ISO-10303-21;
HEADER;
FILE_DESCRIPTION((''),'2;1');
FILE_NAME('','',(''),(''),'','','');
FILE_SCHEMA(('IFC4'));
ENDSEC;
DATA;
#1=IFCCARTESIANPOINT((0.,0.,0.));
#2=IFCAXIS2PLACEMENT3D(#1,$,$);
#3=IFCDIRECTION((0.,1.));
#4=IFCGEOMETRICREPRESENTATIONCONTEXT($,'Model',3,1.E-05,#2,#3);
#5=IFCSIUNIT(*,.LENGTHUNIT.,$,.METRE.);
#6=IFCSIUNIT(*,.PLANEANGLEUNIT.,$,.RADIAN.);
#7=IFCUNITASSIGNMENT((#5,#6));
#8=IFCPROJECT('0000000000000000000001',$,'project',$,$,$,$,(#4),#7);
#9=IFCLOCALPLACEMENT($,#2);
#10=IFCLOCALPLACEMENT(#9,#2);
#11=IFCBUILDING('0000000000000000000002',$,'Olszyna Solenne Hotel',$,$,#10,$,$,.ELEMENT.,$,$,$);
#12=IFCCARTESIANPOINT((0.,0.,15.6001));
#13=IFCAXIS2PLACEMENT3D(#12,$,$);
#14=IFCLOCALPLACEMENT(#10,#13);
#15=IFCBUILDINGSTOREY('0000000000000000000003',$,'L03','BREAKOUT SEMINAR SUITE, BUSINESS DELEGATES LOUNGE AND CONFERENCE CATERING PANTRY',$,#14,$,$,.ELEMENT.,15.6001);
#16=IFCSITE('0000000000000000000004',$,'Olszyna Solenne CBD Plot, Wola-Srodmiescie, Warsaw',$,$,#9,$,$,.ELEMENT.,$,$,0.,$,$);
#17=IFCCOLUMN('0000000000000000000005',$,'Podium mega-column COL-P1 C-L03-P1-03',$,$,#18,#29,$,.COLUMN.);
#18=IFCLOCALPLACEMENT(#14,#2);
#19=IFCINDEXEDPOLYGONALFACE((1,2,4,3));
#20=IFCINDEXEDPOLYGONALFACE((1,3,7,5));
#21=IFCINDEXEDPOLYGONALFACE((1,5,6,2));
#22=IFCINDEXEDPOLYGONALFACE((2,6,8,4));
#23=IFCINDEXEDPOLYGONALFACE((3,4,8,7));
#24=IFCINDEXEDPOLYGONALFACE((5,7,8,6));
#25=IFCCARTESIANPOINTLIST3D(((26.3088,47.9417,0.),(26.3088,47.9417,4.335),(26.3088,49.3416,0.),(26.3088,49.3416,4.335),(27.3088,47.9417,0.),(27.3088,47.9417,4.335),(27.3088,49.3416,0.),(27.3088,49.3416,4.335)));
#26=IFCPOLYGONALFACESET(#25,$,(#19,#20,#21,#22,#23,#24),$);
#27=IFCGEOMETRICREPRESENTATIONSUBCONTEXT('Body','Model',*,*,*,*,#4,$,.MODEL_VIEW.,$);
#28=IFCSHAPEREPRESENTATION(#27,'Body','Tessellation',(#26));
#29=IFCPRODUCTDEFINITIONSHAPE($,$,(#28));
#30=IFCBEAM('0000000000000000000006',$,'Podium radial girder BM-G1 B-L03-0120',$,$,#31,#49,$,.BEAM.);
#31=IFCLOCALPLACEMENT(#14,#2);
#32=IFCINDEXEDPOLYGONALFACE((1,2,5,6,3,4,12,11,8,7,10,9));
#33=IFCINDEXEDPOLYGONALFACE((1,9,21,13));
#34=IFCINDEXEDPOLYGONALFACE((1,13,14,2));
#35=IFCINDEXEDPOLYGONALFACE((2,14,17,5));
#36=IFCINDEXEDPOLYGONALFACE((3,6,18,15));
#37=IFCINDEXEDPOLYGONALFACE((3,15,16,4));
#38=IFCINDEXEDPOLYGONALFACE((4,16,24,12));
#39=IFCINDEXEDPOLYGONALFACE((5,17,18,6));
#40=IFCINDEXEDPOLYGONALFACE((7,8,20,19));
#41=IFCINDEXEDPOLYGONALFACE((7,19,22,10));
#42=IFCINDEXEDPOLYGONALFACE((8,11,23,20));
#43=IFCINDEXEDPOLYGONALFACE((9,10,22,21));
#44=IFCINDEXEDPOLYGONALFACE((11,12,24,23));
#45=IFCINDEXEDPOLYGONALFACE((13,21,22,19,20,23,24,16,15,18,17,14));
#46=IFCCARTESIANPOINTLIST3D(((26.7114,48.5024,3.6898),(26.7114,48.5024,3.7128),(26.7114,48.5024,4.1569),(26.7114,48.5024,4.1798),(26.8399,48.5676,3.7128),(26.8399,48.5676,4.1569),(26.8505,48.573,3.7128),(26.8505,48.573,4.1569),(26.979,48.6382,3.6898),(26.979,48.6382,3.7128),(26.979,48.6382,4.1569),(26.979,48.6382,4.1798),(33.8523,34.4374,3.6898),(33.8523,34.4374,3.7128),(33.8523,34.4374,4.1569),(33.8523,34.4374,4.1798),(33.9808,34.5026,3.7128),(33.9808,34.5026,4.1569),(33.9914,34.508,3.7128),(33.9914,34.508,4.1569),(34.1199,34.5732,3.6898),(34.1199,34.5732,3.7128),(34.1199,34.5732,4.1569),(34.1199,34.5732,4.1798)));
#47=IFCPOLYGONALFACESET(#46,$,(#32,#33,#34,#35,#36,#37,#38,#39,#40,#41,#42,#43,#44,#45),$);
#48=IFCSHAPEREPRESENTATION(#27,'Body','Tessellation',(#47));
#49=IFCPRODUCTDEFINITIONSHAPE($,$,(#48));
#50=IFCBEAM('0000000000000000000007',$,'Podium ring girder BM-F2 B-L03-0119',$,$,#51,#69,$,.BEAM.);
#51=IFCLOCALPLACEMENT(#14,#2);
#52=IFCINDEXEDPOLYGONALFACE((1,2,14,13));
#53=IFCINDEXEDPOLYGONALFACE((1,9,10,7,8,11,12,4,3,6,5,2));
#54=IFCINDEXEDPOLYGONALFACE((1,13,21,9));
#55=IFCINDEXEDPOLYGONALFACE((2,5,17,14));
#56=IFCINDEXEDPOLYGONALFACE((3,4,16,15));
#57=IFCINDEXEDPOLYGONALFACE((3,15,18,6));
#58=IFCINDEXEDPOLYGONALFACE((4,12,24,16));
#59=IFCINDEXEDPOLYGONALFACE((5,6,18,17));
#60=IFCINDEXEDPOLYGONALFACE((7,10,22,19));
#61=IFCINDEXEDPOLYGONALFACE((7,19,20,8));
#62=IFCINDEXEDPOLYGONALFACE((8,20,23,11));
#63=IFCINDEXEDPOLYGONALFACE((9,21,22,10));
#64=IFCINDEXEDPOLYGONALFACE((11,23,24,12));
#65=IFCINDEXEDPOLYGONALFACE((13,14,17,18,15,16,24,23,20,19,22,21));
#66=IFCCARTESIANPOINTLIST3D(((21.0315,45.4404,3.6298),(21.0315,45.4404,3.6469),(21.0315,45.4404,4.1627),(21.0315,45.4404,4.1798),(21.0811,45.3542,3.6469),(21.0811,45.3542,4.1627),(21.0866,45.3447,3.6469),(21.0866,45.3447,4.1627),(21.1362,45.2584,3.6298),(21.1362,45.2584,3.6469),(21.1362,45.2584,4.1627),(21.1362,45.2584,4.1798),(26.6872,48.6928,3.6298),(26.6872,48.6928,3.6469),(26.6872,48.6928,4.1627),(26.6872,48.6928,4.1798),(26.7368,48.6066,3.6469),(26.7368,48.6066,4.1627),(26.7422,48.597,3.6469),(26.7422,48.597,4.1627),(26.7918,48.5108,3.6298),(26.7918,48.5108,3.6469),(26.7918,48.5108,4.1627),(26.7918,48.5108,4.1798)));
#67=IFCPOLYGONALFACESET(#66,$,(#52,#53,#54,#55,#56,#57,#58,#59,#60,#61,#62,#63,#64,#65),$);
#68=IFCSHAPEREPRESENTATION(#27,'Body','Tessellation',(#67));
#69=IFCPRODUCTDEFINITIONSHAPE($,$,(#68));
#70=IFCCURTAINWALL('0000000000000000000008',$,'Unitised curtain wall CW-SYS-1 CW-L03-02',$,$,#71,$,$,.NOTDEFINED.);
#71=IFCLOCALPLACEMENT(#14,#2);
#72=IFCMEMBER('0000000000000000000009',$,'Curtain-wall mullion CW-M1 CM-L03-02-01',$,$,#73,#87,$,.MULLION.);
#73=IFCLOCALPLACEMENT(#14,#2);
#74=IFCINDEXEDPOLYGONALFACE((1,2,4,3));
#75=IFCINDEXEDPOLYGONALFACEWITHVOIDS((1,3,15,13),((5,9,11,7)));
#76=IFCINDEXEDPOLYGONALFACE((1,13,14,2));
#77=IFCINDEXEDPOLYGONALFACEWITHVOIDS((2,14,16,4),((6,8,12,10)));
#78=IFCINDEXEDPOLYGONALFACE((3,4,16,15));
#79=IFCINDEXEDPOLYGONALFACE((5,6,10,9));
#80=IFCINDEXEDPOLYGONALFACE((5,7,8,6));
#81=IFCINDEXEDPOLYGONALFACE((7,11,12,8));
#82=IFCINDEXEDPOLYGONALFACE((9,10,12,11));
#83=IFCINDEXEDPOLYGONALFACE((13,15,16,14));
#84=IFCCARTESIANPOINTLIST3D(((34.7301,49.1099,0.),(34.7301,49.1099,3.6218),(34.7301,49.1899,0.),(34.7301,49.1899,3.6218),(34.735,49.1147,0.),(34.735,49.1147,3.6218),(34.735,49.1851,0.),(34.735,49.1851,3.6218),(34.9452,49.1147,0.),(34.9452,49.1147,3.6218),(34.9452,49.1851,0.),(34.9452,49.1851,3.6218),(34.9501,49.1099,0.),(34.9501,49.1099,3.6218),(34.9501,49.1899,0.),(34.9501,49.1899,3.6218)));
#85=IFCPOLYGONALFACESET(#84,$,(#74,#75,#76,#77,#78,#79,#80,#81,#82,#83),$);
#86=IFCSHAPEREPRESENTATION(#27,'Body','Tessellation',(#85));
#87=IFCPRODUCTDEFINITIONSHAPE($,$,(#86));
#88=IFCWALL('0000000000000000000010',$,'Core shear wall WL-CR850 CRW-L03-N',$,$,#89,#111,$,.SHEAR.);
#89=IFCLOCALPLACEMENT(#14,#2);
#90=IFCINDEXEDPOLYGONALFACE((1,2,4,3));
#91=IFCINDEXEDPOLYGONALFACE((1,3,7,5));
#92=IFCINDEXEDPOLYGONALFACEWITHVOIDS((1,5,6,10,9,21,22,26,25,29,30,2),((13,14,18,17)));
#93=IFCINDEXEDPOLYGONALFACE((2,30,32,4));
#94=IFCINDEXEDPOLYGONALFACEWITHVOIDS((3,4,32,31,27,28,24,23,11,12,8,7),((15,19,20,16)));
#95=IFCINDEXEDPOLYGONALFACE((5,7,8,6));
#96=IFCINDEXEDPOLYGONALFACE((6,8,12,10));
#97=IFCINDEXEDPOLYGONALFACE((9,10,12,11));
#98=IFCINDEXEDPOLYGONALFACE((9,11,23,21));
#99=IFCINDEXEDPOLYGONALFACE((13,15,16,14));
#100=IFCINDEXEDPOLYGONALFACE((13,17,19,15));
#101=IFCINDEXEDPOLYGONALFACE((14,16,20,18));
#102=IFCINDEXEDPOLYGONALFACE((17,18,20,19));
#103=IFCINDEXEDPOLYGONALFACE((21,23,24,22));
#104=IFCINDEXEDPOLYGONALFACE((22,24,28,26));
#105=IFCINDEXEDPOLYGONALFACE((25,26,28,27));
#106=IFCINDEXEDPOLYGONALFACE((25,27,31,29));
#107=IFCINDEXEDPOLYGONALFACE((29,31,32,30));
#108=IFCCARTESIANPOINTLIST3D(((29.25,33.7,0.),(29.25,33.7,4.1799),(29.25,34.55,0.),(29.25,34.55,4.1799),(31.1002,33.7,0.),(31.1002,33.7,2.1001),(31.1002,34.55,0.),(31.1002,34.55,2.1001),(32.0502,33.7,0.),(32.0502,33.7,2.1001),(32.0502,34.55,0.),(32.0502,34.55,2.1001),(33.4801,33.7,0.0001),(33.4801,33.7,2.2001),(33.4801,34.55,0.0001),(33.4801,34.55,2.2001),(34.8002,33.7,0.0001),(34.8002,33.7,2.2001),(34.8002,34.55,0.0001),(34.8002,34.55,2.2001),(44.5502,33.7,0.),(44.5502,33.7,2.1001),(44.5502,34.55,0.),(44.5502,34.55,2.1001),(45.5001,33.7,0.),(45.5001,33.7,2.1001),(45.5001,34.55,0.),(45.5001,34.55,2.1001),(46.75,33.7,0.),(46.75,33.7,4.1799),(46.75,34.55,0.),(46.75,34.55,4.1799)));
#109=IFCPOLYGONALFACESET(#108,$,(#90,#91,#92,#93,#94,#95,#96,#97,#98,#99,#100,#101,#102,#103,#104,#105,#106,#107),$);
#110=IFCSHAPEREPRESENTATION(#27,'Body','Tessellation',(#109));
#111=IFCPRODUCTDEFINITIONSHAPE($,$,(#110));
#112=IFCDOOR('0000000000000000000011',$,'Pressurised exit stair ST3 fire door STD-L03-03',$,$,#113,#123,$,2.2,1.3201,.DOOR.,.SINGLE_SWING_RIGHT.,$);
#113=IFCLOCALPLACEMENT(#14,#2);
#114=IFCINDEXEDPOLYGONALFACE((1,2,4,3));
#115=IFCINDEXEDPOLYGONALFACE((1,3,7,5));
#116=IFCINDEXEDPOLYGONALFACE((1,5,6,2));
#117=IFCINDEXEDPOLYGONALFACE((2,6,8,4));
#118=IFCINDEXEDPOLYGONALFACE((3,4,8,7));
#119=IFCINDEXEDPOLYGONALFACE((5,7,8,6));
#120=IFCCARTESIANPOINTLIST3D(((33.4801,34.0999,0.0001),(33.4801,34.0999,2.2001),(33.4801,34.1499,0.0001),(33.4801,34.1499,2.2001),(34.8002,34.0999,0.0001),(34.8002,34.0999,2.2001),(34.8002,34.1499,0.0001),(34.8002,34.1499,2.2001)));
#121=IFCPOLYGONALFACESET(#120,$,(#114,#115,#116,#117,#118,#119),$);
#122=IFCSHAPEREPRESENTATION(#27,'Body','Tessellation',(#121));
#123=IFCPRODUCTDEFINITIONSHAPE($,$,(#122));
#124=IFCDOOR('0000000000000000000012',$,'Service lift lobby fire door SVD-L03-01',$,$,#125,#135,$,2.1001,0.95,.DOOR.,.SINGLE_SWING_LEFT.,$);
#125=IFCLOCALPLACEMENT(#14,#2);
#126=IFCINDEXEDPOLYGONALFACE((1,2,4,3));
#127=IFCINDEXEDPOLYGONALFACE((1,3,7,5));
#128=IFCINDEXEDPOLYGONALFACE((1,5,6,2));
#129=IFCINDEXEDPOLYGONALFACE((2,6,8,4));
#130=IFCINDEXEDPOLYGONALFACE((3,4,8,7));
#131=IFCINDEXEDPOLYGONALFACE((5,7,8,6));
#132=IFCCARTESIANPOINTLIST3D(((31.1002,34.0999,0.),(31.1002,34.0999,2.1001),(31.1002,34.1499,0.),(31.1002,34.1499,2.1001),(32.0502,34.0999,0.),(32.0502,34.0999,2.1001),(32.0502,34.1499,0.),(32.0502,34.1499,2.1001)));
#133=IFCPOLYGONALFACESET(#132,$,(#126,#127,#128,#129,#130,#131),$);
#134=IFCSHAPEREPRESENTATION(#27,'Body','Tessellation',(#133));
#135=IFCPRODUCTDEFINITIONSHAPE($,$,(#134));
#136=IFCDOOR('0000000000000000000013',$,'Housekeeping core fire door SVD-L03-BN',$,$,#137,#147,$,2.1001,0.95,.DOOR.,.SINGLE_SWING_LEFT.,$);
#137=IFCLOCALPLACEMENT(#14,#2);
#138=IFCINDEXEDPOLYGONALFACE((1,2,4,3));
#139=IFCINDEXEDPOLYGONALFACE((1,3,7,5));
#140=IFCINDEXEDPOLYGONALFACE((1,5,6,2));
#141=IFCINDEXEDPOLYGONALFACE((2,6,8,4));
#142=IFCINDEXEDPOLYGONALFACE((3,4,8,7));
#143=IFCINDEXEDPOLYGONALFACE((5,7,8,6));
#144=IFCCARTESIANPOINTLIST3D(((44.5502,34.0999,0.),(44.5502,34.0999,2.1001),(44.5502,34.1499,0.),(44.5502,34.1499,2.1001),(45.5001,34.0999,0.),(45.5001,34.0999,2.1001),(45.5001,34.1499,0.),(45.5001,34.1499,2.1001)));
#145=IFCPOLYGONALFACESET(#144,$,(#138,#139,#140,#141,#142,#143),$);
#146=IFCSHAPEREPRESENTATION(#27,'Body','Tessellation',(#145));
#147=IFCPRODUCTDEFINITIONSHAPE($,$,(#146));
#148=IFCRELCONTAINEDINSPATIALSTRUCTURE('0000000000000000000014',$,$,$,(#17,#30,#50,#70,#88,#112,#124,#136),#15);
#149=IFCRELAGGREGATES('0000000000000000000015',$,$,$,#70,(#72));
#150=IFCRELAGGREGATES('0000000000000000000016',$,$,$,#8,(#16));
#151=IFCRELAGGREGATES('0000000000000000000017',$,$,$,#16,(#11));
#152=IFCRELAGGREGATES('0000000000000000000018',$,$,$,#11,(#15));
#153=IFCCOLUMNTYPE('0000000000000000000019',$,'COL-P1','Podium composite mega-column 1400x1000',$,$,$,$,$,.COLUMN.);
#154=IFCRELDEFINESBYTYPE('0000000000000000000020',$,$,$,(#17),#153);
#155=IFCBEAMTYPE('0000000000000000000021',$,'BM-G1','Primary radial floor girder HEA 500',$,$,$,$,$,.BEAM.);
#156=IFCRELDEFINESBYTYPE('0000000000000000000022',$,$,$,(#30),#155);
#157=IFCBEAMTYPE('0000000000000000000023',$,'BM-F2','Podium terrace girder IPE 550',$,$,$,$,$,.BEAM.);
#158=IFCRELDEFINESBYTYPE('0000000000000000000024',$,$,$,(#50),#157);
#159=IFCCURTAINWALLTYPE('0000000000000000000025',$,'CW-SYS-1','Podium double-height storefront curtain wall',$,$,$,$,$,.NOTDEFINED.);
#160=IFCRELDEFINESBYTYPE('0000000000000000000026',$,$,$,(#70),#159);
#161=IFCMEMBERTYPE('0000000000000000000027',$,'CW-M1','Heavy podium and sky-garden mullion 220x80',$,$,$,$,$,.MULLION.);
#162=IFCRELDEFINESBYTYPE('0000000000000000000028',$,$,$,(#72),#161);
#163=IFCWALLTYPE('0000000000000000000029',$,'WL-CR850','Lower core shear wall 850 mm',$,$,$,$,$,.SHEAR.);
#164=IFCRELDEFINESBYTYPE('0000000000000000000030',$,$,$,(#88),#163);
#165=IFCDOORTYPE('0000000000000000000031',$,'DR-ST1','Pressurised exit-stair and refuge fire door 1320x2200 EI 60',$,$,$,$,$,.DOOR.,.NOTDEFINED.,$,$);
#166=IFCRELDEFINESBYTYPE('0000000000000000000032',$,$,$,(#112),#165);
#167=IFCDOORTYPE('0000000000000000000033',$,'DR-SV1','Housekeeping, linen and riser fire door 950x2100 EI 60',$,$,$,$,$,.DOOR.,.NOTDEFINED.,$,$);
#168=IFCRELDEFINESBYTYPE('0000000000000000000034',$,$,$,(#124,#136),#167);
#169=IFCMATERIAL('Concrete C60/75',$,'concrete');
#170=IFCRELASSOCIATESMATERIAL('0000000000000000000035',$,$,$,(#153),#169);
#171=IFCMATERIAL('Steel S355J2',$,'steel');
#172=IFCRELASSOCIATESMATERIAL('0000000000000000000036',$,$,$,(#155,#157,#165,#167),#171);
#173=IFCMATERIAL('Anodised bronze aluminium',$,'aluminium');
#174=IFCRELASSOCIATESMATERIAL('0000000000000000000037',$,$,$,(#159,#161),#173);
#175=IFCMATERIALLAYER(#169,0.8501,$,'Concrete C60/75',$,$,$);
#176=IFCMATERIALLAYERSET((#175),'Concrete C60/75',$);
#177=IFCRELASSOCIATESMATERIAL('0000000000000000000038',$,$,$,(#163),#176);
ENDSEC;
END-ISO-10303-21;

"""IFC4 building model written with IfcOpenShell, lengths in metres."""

from ifc_helpers import new_model, si_unit, direction, frame, frame_2d, origin, origin_2d, place, context, subcontext, project, spatial, rectangle, hollow_rectangle, i_section, extrude, source, transform, mapped, material, layer, layer_set, material_profile, profile_set, type_object, type_shapes, element, fill, aggregate, save


model = new_model("IFC4")

# Units and contexts
model_context = context("Model", 3, precision=1e-05, world=origin(), true_north=direction((0.0, 1.0)))
body_context = subcontext(model_context, "Body", "Model", "MODEL_VIEW")
ifc_project = project(units=[si_unit("LENGTHUNIT", "METRE"), si_unit("PLANEANGLEUNIT", "RADIAN")], contexts=[model_context])

# Site, building, storey
site_placement = place(None, origin())
site = spatial("IfcSite", under=ifc_project, at=site_placement, Name="Olszyna Solenne CBD Plot, Wola-Srodmiescie, Warsaw", CompositionType="ELEMENT", RefElevation=0.0)
building_placement = place(site_placement, origin())
building = spatial("IfcBuilding", under=site, at=building_placement, Name="Olszyna Solenne Hotel", CompositionType="ELEMENT")
storey_placement = place(building_placement, frame((0.0, 0.0, 15.6001)))
storey = spatial("IfcBuildingStorey", under=building, at=storey_placement, Name="L03", Description="BREAKOUT SEMINAR SUITE, BUSINESS DELEGATES LOUNGE AND CONFERENCE CATERING PANTRY", CompositionType="ELEMENT", Elevation=15.6001)

# Column
ifc_material_1 = material(Name="Concrete C60/75", Category="concrete")
ifc_material_profile_1 = material_profile(ifc_material_1, rectangle(XDim=1.0, YDim=1.3999, at=origin_2d()), Name="RC 1400x1000", Category="load-bearing")
ifc_profile_set_1 = profile_set([ifc_material_profile_1], Name="Concrete C60/75")
column_type = type_object("IfcColumnType", Name="COL-P1", Description="Podium composite mega-column 1400x1000", PredefinedType="COLUMN", material=ifc_profile_set_1)
shared_shape_1 = source(origin(), body_context, "Body", "SweptSolid", [
    extrude(rectangle(XDim=1.0, YDim=1.3999, at=origin_2d()), origin(), (0.0, 0.0, 1.0), 4.335),
])
column_placement = place(storey_placement, frame((26.8088, 48.6416, 0.0), z_axis=(0.0, 0.0, 1.0), x_axis=(1.0, 0.0, 0.0)))
element("IfcColumn", 1, at=column_placement, inside=storey, type_object=column_type, Name="Podium mega-column COL-P1 C-L03-P1-03", PredefinedType="COLUMN", context=body_context, shape_type="MappedRepresentation", body=[
    mapped(shared_shape_1, transform((0.0, 0.0, 0.0), x_axis=(1.0, 0.0, 0.0), y_axis=(0.0, 1.0, 0.0), z_axis=(0.0, 0.0, 1.0), scale=1.0)),
])

# Beams
ifc_material_2 = material(Name="Steel S355J2", Category="steel")
ifc_material_profile_2 = material_profile(ifc_material_2, i_section(OverallWidth=0.3, OverallDepth=0.49, WebThickness=0.012, FlangeThickness=0.0229, at=origin_2d()), Name="HEA 500", Category="load-bearing")
ifc_profile_set_2 = profile_set([ifc_material_profile_2], Name="Steel S355J2")
beam_type_1 = type_object("IfcBeamType", Name="BM-G1", Description="Primary radial floor girder HEA 500", PredefinedType="BEAM", material=ifc_profile_set_2)
shared_shape_2 = source(origin(), body_context, "Body", "SweptSolid", [
    extrude(i_section(OverallWidth=0.3, OverallDepth=0.49, WebThickness=0.012, FlangeThickness=0.0229, at=origin_2d()), origin(), (0.0, 0.0, 1.0), 15.7739),
])
beam_1_placement = place(storey_placement, frame((26.8452, 48.5703, 3.9348), z_axis=(0.452703, -0.891661, 0.0), x_axis=(0.891661, 0.452703, 0.0)))
element("IfcBeam", 2, at=beam_1_placement, inside=storey, type_object=beam_type_1, Name="Podium radial girder BM-G1 B-L03-0120", PredefinedType="BEAM", context=body_context, shape_type="MappedRepresentation", body=[
    mapped(shared_shape_2, transform((0.0, 0.0, 0.0), x_axis=(1.0, 0.0, 0.0), y_axis=(0.0, 1.0, 0.0), z_axis=(0.0, 0.0, 1.0), scale=1.0)),
])
ifc_material_profile_3 = material_profile(ifc_material_2, i_section(OverallWidth=0.21, OverallDepth=0.55, WebThickness=0.011, FlangeThickness=0.0171, at=origin_2d()), Name="IPE 550", Category="load-bearing")
ifc_profile_set_3 = profile_set([ifc_material_profile_3], Name="Steel S355J2")
beam_type_2 = type_object("IfcBeamType", Name="BM-F2", Description="Podium terrace girder IPE 550", PredefinedType="BEAM", material=ifc_profile_set_3)
shared_shape_3 = source(origin(), body_context, "Body", "SweptSolid", [
    extrude(i_section(OverallWidth=0.21, OverallDepth=0.55, WebThickness=0.011, FlangeThickness=0.0171, at=origin_2d()), origin(), (0.0, 0.0, 1.0), 6.5242),
])
beam_2_placement = place(storey_placement, frame((26.7395, 48.6018, 3.9048), z_axis=(-0.866881, -0.498515, 0.0), x_axis=(0.498515, -0.866881, 0.0)))
element("IfcBeam", 3, at=beam_2_placement, inside=storey, type_object=beam_type_2, Name="Podium ring girder BM-F2 B-L03-0119", PredefinedType="BEAM", context=body_context, shape_type="MappedRepresentation", body=[
    mapped(shared_shape_3, transform((0.0, 0.0, 0.0), x_axis=(1.0, 0.0, 0.0), y_axis=(0.0, 1.0, 0.0), z_axis=(0.0, 0.0, 1.0), scale=1.0)),
])

# Curtain wall, member
ifc_material_3 = material(Name="Anodised bronze aluminium", Category="aluminium")
curtain_wall_type = type_object("IfcCurtainWallType", Name="CW-SYS-1", Description="Podium double-height storefront curtain wall", PredefinedType="NOTDEFINED", material=ifc_material_3)
curtain_wall_placement = place(storey_placement, origin())
curtain_wall = element("IfcCurtainWall", 4, at=curtain_wall_placement, inside=storey, type_object=curtain_wall_type, Name="Unitised curtain wall CW-SYS-1 CW-L03-02", PredefinedType="NOTDEFINED")
ifc_material_profile_4 = material_profile(ifc_material_3, hollow_rectangle(XDim=0.0801, YDim=0.22, WallThickness=0.0049, at=origin_2d()), Name="MULL 220x80x5", Category="load-bearing")
ifc_profile_set_4 = profile_set([ifc_material_profile_4], Name="Anodised bronze aluminium")
member_type = type_object("IfcMemberType", Name="CW-M1", Description="Heavy podium and sky-garden mullion 220x80", PredefinedType="MULLION", material=ifc_profile_set_4)
shared_shape_4 = source(origin(), body_context, "Body", "SweptSolid", [
    extrude(hollow_rectangle(XDim=0.0801, YDim=0.22, WallThickness=0.0049, at=origin_2d()), origin(), (0.0, 0.0, 1.0), 3.6218),
])
member_placement = place(storey_placement, frame((34.8401, 49.1499, 0.0), z_axis=(0.0, 0.0, 1.0), x_axis=(0.0, 1.0, 0.0)))
member = element("IfcMember", 5, at=member_placement, type_object=member_type, Name="Curtain-wall mullion CW-M1 CM-L03-02-01", PredefinedType="MULLION", context=body_context, shape_type="MappedRepresentation", body=[
    mapped(shared_shape_4, transform((0.0, 0.0, 0.0), x_axis=(1.0, 0.0, 0.0), y_axis=(0.0, 1.0, 0.0), z_axis=(0.0, 0.0, 1.0), scale=1.0)),
])
aggregate(curtain_wall, [member])

# Wall, openings, doors
ifc_layer_1 = layer(ifc_material_1, 0.8501, Name="Concrete C60/75")
ifc_layer_set_1 = layer_set([ifc_layer_1], Name="Concrete C60/75")
wall_type_1 = type_object("IfcWallType", Name="WL-CR850", Description="Lower core shear wall 850 mm", PredefinedType="SHEAR", material=ifc_layer_set_1)
wall_1_placement = place(storey_placement, frame((29.25, 34.125, 0.0), z_axis=(0.0, 0.0, 1.0), x_axis=(1.0, 0.0, 0.0)))
wall_1 = element("IfcWall", 6, at=wall_1_placement, inside=storey, type_object=wall_type_1, Name="Core shear wall WL-CR850 CRW-L03-N", PredefinedType="SHEAR", context=body_context, shape_type="SweptSolid", body=[
    extrude(rectangle(XDim=17.5, YDim=0.8501, at=frame_2d((8.75, 0.0))), origin(), (0.0, 0.0, 1.0), 4.1799),
])
opening_1_placement = place(wall_1_placement, frame((1.8501, 0.0, 0.0)))
opening_1 = element("IfcOpeningElement", 7, at=opening_1_placement, cuts=wall_1, PredefinedType="OPENING", context=body_context, shape_type="SweptSolid", body=[
    extrude(rectangle(XDim=0.95, YDim=2.1001, at=frame_2d((0.4751, 1.05))), frame((0.0, 0.4351, 0.0), z_axis=(0.0, -1.0, 0.0), x_axis=(1.0, 0.0, 0.0)), (0.0, 0.0, 1.0), 0.8701),
])
opening_2_placement = place(wall_1_placement, frame((4.23, 0.0, 0.0)))
opening_2 = element("IfcOpeningElement", 8, at=opening_2_placement, cuts=wall_1, PredefinedType="OPENING", context=body_context, shape_type="SweptSolid", body=[
    extrude(rectangle(XDim=1.3201, YDim=2.2, at=frame_2d((0.6602, 1.1001))), frame((0.0, 0.4351, 0.0), z_axis=(0.0, -1.0, 0.0), x_axis=(1.0, 0.0, 0.0)), (0.0, 0.0, 1.0), 0.8701),
])
opening_3_placement = place(wall_1_placement, frame((15.3, 0.0, 0.0)))
opening_3 = element("IfcOpeningElement", 9, at=opening_3_placement, cuts=wall_1, PredefinedType="OPENING", context=body_context, shape_type="SweptSolid", body=[
    extrude(rectangle(XDim=0.95, YDim=2.1001, at=frame_2d((0.4751, 1.05))), frame((0.0, 0.4351, 0.0), z_axis=(0.0, -1.0, 0.0), x_axis=(1.0, 0.0, 0.0)), (0.0, 0.0, 1.0), 0.8701),
])
door_type_1 = type_object("IfcDoorType", Name="DR-ST1", Description="Pressurised exit-stair and refuge fire door 1320x2200 EI 60", OperationType="NOTDEFINED", PredefinedType="DOOR", material=ifc_material_2)
shared_shape_5 = source(origin(), body_context, "Body", "SweptSolid", [
    extrude(rectangle(XDim=1.3201, YDim=2.2, at=frame_2d((0.6602, 1.1001))), frame((0.0, 0.0249, 0.0), z_axis=(0.0, -1.0, 0.0), x_axis=(1.0, 0.0, 0.0)), (0.0, 0.0, 1.0), 0.05),
])
type_shapes(door_type_1, [shared_shape_5])
door_1_placement = place(opening_2_placement, origin())
door_1 = element("IfcDoor", 10, at=door_1_placement, inside=storey, type_object=door_type_1, Name="Pressurised exit stair ST3 fire door STD-L03-03", OperationType="SINGLE_SWING_RIGHT", OverallHeight=2.2, OverallWidth=1.3201, PredefinedType="DOOR", context=body_context, shape_type="MappedRepresentation", body=[
    mapped(shared_shape_5, transform((0.0, 0.0, 0.0), x_axis=(1.0, 0.0, 0.0), y_axis=(0.0, 1.0, 0.0), z_axis=(0.0, 0.0, 1.0), scale=1.0)),
])
fill(opening_2, door_1)
door_type_2 = type_object("IfcDoorType", Name="DR-SV1", Description="Housekeeping, linen and riser fire door 950x2100 EI 60", OperationType="NOTDEFINED", PredefinedType="DOOR", material=ifc_material_2)
shared_shape_6 = source(origin(), body_context, "Body", "SweptSolid", [
    extrude(rectangle(XDim=0.95, YDim=2.1001, at=frame_2d((0.4751, 1.05))), frame((0.0, 0.0249, 0.0), z_axis=(0.0, -1.0, 0.0), x_axis=(1.0, 0.0, 0.0)), (0.0, 0.0, 1.0), 0.05),
])
type_shapes(door_type_2, [shared_shape_6])
door_2_placement = place(opening_1_placement, origin())
door_2 = element("IfcDoor", 11, at=door_2_placement, inside=storey, type_object=door_type_2, Name="Service lift lobby fire door SVD-L03-01", OperationType="SINGLE_SWING_LEFT", OverallHeight=2.1001, OverallWidth=0.95, PredefinedType="DOOR", context=body_context, shape_type="MappedRepresentation", body=[
    mapped(shared_shape_6, transform((0.0, 0.0, 0.0), x_axis=(1.0, 0.0, 0.0), y_axis=(0.0, 1.0, 0.0), z_axis=(0.0, 0.0, 1.0), scale=1.0)),
])
fill(opening_1, door_2)
door_3_placement = place(opening_3_placement, origin())
door_3 = element("IfcDoor", 12, at=door_3_placement, inside=storey, type_object=door_type_2, Name="Housekeeping core fire door SVD-L03-BN", OperationType="SINGLE_SWING_LEFT", OverallHeight=2.1001, OverallWidth=0.95, PredefinedType="DOOR", context=body_context, shape_type="MappedRepresentation", body=[
    mapped(shared_shape_6, transform((0.0, 0.0, 0.0), x_axis=(1.0, 0.0, 0.0), y_axis=(0.0, 1.0, 0.0), z_axis=(0.0, 0.0, 1.0), scale=1.0)),
])
fill(opening_3, door_3)

save(model, "model.ifc")
